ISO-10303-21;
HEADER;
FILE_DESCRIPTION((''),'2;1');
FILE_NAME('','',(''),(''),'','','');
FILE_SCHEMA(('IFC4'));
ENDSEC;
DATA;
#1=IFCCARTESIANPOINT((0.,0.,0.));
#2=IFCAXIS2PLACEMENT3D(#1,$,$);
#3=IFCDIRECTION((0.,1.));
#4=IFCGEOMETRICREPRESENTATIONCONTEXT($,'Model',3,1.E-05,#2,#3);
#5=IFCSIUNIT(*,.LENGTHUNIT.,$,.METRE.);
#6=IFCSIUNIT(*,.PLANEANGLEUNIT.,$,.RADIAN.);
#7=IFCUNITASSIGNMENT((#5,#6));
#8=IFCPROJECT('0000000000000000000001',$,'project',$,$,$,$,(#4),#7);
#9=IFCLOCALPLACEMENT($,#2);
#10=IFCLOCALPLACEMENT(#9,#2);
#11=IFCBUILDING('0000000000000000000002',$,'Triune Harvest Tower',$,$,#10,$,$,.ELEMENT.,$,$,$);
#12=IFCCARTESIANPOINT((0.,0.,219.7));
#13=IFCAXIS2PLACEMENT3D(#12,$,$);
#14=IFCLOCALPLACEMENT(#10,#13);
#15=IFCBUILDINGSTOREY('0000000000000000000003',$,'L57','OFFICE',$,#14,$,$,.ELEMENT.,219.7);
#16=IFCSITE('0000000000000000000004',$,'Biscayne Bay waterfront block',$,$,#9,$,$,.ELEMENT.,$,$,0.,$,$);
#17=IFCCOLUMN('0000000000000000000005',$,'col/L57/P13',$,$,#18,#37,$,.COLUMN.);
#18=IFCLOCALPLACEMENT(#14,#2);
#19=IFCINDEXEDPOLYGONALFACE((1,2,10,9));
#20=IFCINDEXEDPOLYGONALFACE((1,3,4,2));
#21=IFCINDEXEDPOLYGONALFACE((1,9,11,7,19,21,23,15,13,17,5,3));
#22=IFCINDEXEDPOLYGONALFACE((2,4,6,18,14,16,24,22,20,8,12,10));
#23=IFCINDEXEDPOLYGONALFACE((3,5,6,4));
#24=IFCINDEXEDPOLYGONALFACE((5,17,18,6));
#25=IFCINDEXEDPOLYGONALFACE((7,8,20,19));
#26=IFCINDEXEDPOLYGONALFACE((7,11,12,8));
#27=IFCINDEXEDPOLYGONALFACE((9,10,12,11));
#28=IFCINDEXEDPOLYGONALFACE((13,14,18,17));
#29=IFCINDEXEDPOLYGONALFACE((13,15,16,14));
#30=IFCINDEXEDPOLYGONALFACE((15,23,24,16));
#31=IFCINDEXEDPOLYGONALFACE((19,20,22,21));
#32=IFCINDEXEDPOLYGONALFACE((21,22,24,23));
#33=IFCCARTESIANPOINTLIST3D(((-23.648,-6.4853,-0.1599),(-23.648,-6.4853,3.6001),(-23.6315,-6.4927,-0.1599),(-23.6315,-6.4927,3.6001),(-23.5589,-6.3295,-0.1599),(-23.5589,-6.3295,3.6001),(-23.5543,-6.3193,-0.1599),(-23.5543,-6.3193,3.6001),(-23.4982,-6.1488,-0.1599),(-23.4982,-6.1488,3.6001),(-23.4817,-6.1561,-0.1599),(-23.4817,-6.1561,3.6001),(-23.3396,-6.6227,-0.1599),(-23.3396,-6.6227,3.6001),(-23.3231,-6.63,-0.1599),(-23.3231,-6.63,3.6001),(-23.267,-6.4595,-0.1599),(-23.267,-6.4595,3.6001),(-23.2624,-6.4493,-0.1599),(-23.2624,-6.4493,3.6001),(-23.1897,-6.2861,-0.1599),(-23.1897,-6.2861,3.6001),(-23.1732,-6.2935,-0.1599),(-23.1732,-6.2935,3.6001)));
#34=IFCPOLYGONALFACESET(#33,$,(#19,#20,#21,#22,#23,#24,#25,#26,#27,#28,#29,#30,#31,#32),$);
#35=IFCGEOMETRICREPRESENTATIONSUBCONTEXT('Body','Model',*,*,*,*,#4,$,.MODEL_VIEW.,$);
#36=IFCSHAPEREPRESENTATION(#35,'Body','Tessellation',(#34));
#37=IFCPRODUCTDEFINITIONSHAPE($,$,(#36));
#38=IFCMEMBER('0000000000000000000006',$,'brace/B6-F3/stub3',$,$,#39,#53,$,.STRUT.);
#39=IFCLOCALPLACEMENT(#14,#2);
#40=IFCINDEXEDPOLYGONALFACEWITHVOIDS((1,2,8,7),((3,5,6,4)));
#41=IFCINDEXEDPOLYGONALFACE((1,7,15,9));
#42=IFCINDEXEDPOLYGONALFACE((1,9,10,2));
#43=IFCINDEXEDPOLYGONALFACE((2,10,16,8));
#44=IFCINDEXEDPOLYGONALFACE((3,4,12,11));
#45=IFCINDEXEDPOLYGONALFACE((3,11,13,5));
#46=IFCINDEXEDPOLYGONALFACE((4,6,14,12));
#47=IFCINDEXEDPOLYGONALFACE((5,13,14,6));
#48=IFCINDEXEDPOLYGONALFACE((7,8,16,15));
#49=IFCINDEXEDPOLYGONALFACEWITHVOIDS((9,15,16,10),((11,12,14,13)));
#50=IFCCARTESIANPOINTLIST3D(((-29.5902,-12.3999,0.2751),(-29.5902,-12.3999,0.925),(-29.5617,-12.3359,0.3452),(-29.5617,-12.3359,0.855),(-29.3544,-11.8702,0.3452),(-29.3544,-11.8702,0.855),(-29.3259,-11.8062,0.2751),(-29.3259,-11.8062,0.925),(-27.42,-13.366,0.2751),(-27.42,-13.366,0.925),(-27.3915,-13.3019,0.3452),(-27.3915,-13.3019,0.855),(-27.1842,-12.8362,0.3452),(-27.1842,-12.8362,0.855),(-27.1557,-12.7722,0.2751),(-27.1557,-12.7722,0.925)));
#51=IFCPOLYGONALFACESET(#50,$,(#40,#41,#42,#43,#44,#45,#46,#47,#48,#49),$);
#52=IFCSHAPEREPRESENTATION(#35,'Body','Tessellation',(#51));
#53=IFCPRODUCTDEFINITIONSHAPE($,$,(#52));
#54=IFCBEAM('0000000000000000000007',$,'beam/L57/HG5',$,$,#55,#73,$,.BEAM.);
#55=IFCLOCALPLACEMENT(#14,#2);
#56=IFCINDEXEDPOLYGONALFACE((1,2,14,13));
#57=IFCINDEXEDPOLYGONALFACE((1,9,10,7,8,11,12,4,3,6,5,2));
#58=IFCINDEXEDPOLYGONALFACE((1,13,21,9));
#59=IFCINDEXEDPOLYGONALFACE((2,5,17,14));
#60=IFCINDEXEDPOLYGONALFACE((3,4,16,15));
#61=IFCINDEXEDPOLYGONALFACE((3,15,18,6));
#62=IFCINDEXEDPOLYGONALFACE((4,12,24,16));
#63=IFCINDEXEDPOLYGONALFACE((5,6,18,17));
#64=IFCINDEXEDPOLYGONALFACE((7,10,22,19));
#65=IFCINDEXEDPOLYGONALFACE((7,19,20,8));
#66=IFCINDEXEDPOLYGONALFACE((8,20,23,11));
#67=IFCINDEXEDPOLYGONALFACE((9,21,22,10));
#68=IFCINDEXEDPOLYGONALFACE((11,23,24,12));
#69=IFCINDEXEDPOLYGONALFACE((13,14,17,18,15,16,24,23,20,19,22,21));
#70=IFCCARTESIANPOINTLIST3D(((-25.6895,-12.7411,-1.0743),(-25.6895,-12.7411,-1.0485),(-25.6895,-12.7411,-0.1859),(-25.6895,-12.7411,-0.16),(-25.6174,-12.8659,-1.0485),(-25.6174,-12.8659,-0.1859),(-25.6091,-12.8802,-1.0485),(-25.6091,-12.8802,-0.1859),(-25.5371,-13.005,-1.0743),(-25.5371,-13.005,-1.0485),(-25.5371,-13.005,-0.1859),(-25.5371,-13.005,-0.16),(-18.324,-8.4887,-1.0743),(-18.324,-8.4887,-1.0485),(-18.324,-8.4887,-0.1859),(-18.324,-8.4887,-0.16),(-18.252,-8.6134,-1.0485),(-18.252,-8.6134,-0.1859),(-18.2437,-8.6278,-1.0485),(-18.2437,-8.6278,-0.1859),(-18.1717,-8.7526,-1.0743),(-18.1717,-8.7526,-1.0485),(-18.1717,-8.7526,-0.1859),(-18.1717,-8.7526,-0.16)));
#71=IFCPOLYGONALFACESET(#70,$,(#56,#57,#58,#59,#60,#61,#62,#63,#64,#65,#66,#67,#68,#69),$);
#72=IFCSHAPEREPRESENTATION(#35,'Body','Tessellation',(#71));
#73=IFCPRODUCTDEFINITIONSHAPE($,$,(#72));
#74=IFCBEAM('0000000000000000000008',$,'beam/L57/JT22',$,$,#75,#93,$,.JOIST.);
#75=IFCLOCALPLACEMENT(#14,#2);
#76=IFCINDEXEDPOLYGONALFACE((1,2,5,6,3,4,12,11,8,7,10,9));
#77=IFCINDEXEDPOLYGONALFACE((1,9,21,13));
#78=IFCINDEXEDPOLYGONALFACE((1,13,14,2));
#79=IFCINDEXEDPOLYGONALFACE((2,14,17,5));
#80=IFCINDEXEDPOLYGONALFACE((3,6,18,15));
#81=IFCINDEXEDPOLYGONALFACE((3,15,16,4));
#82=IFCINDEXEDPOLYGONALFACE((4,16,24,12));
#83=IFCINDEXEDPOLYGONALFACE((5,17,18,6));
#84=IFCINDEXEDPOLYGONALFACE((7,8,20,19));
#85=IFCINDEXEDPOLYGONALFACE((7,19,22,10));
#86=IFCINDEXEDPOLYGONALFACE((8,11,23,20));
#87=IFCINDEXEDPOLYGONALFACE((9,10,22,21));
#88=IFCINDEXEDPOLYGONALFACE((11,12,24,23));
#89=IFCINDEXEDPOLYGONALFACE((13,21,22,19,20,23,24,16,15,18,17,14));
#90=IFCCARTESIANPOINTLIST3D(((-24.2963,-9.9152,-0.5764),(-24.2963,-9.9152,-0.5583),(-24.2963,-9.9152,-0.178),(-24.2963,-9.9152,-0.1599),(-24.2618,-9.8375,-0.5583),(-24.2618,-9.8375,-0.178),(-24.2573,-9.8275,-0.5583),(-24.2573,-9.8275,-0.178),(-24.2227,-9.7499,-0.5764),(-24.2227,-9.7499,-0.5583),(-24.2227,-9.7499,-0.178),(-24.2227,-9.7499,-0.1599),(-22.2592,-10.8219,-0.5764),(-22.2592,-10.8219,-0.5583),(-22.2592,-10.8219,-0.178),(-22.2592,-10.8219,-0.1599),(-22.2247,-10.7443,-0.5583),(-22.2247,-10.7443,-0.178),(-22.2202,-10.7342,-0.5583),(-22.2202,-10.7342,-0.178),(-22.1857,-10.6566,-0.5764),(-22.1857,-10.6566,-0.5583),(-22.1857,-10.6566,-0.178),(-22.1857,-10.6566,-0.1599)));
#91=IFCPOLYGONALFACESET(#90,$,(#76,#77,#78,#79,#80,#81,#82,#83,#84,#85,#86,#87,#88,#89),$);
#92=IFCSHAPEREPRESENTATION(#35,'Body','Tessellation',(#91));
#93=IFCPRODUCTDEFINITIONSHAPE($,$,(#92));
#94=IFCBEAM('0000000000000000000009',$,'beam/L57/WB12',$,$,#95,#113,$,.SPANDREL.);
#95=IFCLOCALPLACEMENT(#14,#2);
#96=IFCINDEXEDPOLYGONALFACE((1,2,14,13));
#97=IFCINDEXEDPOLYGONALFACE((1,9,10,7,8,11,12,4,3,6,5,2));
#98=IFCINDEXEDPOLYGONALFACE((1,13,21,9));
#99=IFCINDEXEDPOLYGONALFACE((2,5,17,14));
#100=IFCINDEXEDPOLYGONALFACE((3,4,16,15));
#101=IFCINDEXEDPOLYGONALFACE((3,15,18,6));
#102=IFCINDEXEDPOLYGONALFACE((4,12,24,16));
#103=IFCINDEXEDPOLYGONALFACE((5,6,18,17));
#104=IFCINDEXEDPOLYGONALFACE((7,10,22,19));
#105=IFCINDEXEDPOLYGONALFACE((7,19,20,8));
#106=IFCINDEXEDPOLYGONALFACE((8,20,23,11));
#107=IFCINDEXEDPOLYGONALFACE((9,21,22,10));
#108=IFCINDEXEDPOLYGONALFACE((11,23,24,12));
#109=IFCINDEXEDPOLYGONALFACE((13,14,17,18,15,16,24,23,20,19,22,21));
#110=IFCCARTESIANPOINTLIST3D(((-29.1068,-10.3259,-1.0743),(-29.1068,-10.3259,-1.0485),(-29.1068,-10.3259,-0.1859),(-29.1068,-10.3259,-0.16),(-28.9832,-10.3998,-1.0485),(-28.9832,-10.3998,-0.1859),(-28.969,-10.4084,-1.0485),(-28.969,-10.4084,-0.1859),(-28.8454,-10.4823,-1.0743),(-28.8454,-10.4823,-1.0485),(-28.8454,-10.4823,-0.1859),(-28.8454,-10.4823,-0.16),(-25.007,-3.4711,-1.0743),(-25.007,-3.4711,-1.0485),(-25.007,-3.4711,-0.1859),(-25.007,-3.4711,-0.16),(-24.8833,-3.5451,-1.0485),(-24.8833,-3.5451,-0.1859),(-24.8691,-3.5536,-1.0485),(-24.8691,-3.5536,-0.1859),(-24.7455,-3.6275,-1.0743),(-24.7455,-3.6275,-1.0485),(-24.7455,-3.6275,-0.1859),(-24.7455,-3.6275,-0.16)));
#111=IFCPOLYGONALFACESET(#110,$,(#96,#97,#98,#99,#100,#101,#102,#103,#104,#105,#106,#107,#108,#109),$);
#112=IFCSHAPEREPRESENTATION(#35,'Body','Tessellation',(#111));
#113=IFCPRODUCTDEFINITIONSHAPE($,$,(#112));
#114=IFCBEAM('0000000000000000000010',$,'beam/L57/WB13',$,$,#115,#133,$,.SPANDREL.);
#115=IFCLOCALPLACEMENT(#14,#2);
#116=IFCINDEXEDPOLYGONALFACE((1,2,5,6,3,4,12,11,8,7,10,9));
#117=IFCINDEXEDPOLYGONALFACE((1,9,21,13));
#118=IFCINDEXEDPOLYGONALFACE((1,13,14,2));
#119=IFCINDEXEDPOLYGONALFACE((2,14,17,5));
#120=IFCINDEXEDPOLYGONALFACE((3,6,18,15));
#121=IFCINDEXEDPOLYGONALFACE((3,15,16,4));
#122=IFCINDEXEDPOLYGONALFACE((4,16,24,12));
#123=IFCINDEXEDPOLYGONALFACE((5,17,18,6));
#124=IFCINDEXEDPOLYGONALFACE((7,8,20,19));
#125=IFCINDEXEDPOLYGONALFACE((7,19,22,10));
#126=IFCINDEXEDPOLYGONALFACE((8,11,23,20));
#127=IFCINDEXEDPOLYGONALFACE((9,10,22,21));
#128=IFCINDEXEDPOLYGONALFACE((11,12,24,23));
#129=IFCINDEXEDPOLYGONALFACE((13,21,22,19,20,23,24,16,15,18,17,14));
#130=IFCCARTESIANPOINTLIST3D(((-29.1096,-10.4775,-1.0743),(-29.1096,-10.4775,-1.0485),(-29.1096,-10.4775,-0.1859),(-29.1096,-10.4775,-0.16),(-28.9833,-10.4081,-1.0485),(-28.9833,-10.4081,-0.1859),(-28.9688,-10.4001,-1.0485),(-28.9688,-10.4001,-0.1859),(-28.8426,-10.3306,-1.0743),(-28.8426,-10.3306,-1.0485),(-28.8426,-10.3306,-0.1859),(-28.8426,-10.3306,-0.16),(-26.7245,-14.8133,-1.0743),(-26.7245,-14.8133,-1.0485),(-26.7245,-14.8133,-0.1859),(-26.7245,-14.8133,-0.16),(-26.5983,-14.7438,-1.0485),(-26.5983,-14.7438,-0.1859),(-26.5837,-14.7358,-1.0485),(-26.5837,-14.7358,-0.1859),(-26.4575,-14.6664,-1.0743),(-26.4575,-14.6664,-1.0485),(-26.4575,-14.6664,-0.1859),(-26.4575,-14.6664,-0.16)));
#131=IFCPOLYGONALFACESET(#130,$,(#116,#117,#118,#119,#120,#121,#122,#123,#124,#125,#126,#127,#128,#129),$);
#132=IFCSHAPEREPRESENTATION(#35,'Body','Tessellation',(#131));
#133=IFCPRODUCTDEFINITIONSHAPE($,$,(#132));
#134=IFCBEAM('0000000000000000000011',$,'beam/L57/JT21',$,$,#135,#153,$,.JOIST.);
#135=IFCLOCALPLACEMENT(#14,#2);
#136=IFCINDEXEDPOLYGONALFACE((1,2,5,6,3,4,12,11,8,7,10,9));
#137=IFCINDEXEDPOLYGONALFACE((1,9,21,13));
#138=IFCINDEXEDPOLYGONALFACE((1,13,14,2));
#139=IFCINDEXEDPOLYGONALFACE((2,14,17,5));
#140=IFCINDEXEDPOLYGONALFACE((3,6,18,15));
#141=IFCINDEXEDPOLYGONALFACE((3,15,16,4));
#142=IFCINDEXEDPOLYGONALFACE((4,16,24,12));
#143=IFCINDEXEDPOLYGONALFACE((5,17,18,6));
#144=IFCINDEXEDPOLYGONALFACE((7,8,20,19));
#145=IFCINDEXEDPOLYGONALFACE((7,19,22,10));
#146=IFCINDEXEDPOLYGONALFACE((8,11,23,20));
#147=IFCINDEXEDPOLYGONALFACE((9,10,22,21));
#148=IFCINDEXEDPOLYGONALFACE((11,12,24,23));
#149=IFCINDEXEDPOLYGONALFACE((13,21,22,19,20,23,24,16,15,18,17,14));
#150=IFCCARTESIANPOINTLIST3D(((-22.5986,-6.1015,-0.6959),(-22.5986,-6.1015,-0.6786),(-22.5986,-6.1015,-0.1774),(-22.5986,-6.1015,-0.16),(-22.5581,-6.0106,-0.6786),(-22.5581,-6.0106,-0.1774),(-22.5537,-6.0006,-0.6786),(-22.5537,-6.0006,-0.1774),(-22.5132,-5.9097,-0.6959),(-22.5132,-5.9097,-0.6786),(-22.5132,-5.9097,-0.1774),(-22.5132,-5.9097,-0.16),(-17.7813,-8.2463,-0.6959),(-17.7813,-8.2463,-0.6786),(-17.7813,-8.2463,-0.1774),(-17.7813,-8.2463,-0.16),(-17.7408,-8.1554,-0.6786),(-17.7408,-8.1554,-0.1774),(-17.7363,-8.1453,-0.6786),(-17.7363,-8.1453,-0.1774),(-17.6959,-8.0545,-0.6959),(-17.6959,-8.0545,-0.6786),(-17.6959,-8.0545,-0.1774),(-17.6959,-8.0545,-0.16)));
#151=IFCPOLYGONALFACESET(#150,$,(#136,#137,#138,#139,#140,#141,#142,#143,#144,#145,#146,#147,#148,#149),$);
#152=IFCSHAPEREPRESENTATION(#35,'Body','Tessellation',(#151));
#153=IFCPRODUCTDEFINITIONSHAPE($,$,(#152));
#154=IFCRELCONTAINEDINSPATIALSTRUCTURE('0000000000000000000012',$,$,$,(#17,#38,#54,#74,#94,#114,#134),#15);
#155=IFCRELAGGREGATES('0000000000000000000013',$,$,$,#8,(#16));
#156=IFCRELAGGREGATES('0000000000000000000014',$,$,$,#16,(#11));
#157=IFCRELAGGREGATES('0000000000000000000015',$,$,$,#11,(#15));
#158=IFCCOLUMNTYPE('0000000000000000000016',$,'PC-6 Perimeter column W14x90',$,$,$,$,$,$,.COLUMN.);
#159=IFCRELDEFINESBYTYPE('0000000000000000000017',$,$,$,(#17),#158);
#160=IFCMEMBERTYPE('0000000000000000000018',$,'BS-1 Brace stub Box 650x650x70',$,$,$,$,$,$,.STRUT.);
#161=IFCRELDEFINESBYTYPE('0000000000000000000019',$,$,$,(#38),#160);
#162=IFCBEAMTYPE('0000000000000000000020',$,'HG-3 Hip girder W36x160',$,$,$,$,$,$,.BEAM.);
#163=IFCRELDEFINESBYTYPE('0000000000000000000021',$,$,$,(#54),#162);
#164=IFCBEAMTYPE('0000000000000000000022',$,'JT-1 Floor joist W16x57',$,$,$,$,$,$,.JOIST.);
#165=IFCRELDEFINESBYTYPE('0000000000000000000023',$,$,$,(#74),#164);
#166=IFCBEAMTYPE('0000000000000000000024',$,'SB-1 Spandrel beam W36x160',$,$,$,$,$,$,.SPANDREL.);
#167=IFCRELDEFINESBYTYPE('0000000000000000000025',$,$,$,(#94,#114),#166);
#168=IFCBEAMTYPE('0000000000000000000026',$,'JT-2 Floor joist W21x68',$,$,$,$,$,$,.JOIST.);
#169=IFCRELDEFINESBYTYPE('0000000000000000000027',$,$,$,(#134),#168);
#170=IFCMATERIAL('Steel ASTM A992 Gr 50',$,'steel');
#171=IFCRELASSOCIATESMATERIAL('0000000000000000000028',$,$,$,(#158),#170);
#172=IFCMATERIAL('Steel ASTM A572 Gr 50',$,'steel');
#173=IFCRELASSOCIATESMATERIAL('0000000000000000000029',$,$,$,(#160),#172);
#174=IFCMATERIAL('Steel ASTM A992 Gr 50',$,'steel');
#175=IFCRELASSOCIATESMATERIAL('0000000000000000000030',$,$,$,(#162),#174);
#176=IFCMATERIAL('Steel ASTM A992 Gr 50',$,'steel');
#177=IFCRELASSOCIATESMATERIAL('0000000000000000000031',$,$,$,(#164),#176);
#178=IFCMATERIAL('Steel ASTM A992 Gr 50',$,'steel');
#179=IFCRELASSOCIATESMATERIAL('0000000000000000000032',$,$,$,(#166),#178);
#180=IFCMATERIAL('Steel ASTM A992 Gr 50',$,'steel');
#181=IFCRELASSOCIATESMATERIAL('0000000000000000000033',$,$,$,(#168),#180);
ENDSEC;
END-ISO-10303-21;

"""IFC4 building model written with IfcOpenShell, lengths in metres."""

from ifc_helpers import new_model, si_unit, direction, frame, origin, origin_2d, place, context, subcontext, project, spatial, hollow_rectangle, i_section, extrude, source, transform, mapped, material, material_profile, profile_set, type_object, element, save


model = new_model("IFC4")

# Units and contexts
model_context = context("Model", 3, precision=1e-05, world=origin(), true_north=direction((0.0, 1.0)))
body_context = subcontext(model_context, "Body", "Model", "MODEL_VIEW")
ifc_project = project(units=[si_unit("LENGTHUNIT", "METRE"), si_unit("PLANEANGLEUNIT", "RADIAN")], contexts=[model_context])

# Site, building, storey
site_placement = place(None, origin())
site = spatial("IfcSite", under=ifc_project, at=site_placement, Name="Biscayne Bay waterfront block", CompositionType="ELEMENT", RefElevation=0.0)
building_placement = place(site_placement, origin())
building = spatial("IfcBuilding", under=site, at=building_placement, Name="Triune Harvest Tower", CompositionType="ELEMENT")
storey_placement = place(building_placement, frame((0.0, 0.0, 219.7)))
storey = spatial("IfcBuildingStorey", under=building, at=storey_placement, Name="L57", Description="OFFICE", CompositionType="ELEMENT", Elevation=219.7)

# Column
ifc_material_1 = material(Name="Steel ASTM A992 Gr 50", Category="steel")
ifc_material_profile_1 = material_profile(ifc_material_1, i_section(OverallWidth=0.3684, OverallDepth=0.3557, WebThickness=0.0112, FlangeThickness=0.0181, at=origin_2d()), Name="W14x90")
ifc_profile_set_1 = profile_set([ifc_material_profile_1], Name="Steel ASTM A992 Gr 50")
column_type = type_object("IfcColumnType", Name="PC-6 Perimeter column W14x90", PredefinedType="COLUMN", material=ifc_profile_set_1)
shared_shape_1 = source(origin(), body_context, "Body", "SweptSolid", [
    extrude(i_section(OverallWidth=0.3684, OverallDepth=0.3557, WebThickness=0.0112, FlangeThickness=0.0181, at=origin_2d()), origin(), (0.0, 0.0, 1.0), 3.76),
])
column_placement = place(storey_placement, frame((-23.4106, -6.3894, -0.1599), z_axis=(0.0, 0.0, 1.0), x_axis=(-0.406738, -0.913545, 0.0)))
element("IfcColumn", 1, at=column_placement, inside=storey, type_object=column_type, Name="col/L57/P13", PredefinedType="COLUMN", context=body_context, shape_type="MappedRepresentation", body=[
    mapped(shared_shape_1, transform((0.0, 0.0, 0.0), scale=1.0)),
])

# Member
ifc_material_2 = material(Name="Steel ASTM A572 Gr 50", Category="steel")
ifc_material_profile_2 = material_profile(ifc_material_2, hollow_rectangle(XDim=0.6499, YDim=0.6499, WallThickness=0.0701, at=origin_2d()), Name="Box 650x650x70")
ifc_profile_set_2 = profile_set([ifc_material_profile_2], Name="Steel ASTM A572 Gr 50")
member_type_1 = type_object("IfcMemberType", Name="BS-1 Brace stub Box 650x650x70", PredefinedType="STRUT", material=ifc_profile_set_2)
member_1_placement = place(storey_placement, frame((-27.2878, -13.0691, 0.6001), z_axis=(-0.91357, 0.406682, 0.0), x_axis=(-0.406682, -0.91357, 0.0)))
element("IfcMember", 2, at=member_1_placement, inside=storey, type_object=member_type_1, Name="brace/B6-F3/stub3", PredefinedType="STRUT", context=body_context, shape_type="SweptSolid", body=[
    extrude(hollow_rectangle(XDim=0.6499, YDim=0.6499, WallThickness=0.0701, at=origin_2d()), origin(), (0.0, 0.0, 1.0), 2.3755),
])

# Beams
ifc_material_3 = material(Name="Steel ASTM A992 Gr 50", Category="steel")
ifc_material_profile_3 = material_profile(ifc_material_3, i_section(OverallWidth=0.3047, OverallDepth=0.9143, WebThickness=0.0166, FlangeThickness=0.0259, at=origin_2d()), Name="W36x160")
ifc_profile_set_3 = profile_set([ifc_material_profile_3], Name="Steel ASTM A992 Gr 50")
beam_type_1 = type_object("IfcBeamType", Name="HG-3 Hip girder W36x160", PredefinedType="BEAM", material=ifc_profile_set_3)
beam_1_placement = place(storey_placement, frame((-25.6133, -12.873, -0.6172), z_axis=(0.866026, 0.499998, 0.0), x_axis=(-0.499998, 0.866026, 0.0)))
element("IfcBeam", 3, at=beam_1_placement, inside=storey, type_object=beam_type_1, Name="beam/L57/HG5", PredefinedType="BEAM", context=body_context, shape_type="SweptSolid", body=[
    extrude(i_section(OverallWidth=0.3047, OverallDepth=0.9143, WebThickness=0.0166, FlangeThickness=0.0259, at=origin_2d()), origin(), (0.0, 0.0, 1.0), 8.5049),
])
ifc_material_4 = material(Name="Steel ASTM A992 Gr 50", Category="steel")
ifc_material_profile_4 = material_profile(ifc_material_4, i_section(OverallWidth=0.1809, OverallDepth=0.4165, WebThickness=0.011, FlangeThickness=0.0181, at=origin_2d()), Name="W16x57")
ifc_profile_set_4 = profile_set([ifc_material_profile_4], Name="Steel ASTM A992 Gr 50")
beam_type_2 = type_object("IfcBeamType", Name="JT-1 Floor joist W16x57", PredefinedType="JOIST", material=ifc_profile_set_4)
beam_2_placement = place(storey_placement, frame((-24.2595, -9.8325, -0.3682), z_axis=(0.913586, -0.406646, 0.0), x_axis=(0.406646, 0.913586, 0.0)))
element("IfcBeam", 4, at=beam_2_placement, inside=storey, type_object=beam_type_2, Name="beam/L57/JT22", PredefinedType="JOIST", context=body_context, shape_type="SweptSolid", body=[
    extrude(i_section(OverallWidth=0.1809, OverallDepth=0.4165, WebThickness=0.011, FlangeThickness=0.0181, at=origin_2d()), origin(), (0.0, 0.0, 1.0), 2.2297),
])
ifc_material_5 = material(Name="Steel ASTM A992 Gr 50", Category="steel")
ifc_material_profile_5 = material_profile(ifc_material_5, i_section(OverallWidth=0.3047, OverallDepth=0.9143, WebThickness=0.0166, FlangeThickness=0.0259, at=origin_2d()), Name="W36x160")
ifc_profile_set_5 = profile_set([ifc_material_profile_5], Name="Steel ASTM A992 Gr 50")
beam_type_3 = type_object("IfcBeamType", Name="SB-1 Spandrel beam W36x160", PredefinedType="SPANDREL", material=ifc_profile_set_5)
shared_shape_2 = source(origin(), body_context, "Body", "SweptSolid", [
    extrude(i_section(OverallWidth=0.3047, OverallDepth=0.9143, WebThickness=0.0166, FlangeThickness=0.0259, at=origin_2d()), origin(), (0.0, 0.0, 1.0), 7.9873),
])
beam_3_placement = place(storey_placement, frame((-24.8762, -3.5493, -0.6172), z_axis=(-0.5133, -0.85821, 0.0), x_axis=(0.85821, -0.5133, 0.0)))
element("IfcBeam", 5, at=beam_3_placement, inside=storey, type_object=beam_type_3, Name="beam/L57/WB12", PredefinedType="SPANDREL", context=body_context, shape_type="MappedRepresentation", body=[
    mapped(shared_shape_2, transform((0.0, 0.0, 0.0), scale=1.0)),
])
shared_shape_3 = source(origin(), body_context, "Body", "SweptSolid", [
    extrude(i_section(OverallWidth=0.3047, OverallDepth=0.9143, WebThickness=0.0166, FlangeThickness=0.0259, at=origin_2d()), origin(), (0.0, 0.0, 1.0), 4.9485),
])
beam_4_placement = place(storey_placement, frame((-28.9761, -10.4041, -0.6172), z_axis=(0.481977, -0.876184, 0.0), x_axis=(0.876184, 0.481977, 0.0)))
element("IfcBeam", 6, at=beam_4_placement, inside=storey, type_object=beam_type_3, Name="beam/L57/WB13", PredefinedType="SPANDREL", context=body_context, shape_type="MappedRepresentation", body=[
    mapped(shared_shape_3, transform((0.0, 0.0, 0.0), scale=1.0)),
])
ifc_material_6 = material(Name="Steel ASTM A992 Gr 50", Category="steel")
ifc_material_profile_6 = material_profile(ifc_material_6, i_section(OverallWidth=0.21, OverallDepth=0.5359, WebThickness=0.011, FlangeThickness=0.0173, at=origin_2d()), Name="W21x68")
ifc_profile_set_6 = profile_set([ifc_material_profile_6], Name="Steel ASTM A992 Gr 50")
beam_type_4 = type_object("IfcBeamType", Name="JT-2 Floor joist W21x68", PredefinedType="JOIST", material=ifc_profile_set_6)
shared_shape_4 = source(origin(), body_context, "Body", "SweptSolid", [
    extrude(i_section(OverallWidth=0.21, OverallDepth=0.5359, WebThickness=0.011, FlangeThickness=0.0173, at=origin_2d()), origin(), (0.0, 0.0, 1.0), 5.2732),
])
beam_5_placement = place(storey_placement, frame((-22.5559, -6.0056, -0.428), z_axis=(0.91355, -0.406727, 0.0), x_axis=(0.406727, 0.91355, 0.0)))
element("IfcBeam", 7, at=beam_5_placement, inside=storey, type_object=beam_type_4, Name="beam/L57/JT21", PredefinedType="JOIST", context=body_context, shape_type="MappedRepresentation", body=[
    mapped(shared_shape_4, transform((0.0, 0.0, 0.0), scale=1.0)),
])

save(model, "model.ifc")
